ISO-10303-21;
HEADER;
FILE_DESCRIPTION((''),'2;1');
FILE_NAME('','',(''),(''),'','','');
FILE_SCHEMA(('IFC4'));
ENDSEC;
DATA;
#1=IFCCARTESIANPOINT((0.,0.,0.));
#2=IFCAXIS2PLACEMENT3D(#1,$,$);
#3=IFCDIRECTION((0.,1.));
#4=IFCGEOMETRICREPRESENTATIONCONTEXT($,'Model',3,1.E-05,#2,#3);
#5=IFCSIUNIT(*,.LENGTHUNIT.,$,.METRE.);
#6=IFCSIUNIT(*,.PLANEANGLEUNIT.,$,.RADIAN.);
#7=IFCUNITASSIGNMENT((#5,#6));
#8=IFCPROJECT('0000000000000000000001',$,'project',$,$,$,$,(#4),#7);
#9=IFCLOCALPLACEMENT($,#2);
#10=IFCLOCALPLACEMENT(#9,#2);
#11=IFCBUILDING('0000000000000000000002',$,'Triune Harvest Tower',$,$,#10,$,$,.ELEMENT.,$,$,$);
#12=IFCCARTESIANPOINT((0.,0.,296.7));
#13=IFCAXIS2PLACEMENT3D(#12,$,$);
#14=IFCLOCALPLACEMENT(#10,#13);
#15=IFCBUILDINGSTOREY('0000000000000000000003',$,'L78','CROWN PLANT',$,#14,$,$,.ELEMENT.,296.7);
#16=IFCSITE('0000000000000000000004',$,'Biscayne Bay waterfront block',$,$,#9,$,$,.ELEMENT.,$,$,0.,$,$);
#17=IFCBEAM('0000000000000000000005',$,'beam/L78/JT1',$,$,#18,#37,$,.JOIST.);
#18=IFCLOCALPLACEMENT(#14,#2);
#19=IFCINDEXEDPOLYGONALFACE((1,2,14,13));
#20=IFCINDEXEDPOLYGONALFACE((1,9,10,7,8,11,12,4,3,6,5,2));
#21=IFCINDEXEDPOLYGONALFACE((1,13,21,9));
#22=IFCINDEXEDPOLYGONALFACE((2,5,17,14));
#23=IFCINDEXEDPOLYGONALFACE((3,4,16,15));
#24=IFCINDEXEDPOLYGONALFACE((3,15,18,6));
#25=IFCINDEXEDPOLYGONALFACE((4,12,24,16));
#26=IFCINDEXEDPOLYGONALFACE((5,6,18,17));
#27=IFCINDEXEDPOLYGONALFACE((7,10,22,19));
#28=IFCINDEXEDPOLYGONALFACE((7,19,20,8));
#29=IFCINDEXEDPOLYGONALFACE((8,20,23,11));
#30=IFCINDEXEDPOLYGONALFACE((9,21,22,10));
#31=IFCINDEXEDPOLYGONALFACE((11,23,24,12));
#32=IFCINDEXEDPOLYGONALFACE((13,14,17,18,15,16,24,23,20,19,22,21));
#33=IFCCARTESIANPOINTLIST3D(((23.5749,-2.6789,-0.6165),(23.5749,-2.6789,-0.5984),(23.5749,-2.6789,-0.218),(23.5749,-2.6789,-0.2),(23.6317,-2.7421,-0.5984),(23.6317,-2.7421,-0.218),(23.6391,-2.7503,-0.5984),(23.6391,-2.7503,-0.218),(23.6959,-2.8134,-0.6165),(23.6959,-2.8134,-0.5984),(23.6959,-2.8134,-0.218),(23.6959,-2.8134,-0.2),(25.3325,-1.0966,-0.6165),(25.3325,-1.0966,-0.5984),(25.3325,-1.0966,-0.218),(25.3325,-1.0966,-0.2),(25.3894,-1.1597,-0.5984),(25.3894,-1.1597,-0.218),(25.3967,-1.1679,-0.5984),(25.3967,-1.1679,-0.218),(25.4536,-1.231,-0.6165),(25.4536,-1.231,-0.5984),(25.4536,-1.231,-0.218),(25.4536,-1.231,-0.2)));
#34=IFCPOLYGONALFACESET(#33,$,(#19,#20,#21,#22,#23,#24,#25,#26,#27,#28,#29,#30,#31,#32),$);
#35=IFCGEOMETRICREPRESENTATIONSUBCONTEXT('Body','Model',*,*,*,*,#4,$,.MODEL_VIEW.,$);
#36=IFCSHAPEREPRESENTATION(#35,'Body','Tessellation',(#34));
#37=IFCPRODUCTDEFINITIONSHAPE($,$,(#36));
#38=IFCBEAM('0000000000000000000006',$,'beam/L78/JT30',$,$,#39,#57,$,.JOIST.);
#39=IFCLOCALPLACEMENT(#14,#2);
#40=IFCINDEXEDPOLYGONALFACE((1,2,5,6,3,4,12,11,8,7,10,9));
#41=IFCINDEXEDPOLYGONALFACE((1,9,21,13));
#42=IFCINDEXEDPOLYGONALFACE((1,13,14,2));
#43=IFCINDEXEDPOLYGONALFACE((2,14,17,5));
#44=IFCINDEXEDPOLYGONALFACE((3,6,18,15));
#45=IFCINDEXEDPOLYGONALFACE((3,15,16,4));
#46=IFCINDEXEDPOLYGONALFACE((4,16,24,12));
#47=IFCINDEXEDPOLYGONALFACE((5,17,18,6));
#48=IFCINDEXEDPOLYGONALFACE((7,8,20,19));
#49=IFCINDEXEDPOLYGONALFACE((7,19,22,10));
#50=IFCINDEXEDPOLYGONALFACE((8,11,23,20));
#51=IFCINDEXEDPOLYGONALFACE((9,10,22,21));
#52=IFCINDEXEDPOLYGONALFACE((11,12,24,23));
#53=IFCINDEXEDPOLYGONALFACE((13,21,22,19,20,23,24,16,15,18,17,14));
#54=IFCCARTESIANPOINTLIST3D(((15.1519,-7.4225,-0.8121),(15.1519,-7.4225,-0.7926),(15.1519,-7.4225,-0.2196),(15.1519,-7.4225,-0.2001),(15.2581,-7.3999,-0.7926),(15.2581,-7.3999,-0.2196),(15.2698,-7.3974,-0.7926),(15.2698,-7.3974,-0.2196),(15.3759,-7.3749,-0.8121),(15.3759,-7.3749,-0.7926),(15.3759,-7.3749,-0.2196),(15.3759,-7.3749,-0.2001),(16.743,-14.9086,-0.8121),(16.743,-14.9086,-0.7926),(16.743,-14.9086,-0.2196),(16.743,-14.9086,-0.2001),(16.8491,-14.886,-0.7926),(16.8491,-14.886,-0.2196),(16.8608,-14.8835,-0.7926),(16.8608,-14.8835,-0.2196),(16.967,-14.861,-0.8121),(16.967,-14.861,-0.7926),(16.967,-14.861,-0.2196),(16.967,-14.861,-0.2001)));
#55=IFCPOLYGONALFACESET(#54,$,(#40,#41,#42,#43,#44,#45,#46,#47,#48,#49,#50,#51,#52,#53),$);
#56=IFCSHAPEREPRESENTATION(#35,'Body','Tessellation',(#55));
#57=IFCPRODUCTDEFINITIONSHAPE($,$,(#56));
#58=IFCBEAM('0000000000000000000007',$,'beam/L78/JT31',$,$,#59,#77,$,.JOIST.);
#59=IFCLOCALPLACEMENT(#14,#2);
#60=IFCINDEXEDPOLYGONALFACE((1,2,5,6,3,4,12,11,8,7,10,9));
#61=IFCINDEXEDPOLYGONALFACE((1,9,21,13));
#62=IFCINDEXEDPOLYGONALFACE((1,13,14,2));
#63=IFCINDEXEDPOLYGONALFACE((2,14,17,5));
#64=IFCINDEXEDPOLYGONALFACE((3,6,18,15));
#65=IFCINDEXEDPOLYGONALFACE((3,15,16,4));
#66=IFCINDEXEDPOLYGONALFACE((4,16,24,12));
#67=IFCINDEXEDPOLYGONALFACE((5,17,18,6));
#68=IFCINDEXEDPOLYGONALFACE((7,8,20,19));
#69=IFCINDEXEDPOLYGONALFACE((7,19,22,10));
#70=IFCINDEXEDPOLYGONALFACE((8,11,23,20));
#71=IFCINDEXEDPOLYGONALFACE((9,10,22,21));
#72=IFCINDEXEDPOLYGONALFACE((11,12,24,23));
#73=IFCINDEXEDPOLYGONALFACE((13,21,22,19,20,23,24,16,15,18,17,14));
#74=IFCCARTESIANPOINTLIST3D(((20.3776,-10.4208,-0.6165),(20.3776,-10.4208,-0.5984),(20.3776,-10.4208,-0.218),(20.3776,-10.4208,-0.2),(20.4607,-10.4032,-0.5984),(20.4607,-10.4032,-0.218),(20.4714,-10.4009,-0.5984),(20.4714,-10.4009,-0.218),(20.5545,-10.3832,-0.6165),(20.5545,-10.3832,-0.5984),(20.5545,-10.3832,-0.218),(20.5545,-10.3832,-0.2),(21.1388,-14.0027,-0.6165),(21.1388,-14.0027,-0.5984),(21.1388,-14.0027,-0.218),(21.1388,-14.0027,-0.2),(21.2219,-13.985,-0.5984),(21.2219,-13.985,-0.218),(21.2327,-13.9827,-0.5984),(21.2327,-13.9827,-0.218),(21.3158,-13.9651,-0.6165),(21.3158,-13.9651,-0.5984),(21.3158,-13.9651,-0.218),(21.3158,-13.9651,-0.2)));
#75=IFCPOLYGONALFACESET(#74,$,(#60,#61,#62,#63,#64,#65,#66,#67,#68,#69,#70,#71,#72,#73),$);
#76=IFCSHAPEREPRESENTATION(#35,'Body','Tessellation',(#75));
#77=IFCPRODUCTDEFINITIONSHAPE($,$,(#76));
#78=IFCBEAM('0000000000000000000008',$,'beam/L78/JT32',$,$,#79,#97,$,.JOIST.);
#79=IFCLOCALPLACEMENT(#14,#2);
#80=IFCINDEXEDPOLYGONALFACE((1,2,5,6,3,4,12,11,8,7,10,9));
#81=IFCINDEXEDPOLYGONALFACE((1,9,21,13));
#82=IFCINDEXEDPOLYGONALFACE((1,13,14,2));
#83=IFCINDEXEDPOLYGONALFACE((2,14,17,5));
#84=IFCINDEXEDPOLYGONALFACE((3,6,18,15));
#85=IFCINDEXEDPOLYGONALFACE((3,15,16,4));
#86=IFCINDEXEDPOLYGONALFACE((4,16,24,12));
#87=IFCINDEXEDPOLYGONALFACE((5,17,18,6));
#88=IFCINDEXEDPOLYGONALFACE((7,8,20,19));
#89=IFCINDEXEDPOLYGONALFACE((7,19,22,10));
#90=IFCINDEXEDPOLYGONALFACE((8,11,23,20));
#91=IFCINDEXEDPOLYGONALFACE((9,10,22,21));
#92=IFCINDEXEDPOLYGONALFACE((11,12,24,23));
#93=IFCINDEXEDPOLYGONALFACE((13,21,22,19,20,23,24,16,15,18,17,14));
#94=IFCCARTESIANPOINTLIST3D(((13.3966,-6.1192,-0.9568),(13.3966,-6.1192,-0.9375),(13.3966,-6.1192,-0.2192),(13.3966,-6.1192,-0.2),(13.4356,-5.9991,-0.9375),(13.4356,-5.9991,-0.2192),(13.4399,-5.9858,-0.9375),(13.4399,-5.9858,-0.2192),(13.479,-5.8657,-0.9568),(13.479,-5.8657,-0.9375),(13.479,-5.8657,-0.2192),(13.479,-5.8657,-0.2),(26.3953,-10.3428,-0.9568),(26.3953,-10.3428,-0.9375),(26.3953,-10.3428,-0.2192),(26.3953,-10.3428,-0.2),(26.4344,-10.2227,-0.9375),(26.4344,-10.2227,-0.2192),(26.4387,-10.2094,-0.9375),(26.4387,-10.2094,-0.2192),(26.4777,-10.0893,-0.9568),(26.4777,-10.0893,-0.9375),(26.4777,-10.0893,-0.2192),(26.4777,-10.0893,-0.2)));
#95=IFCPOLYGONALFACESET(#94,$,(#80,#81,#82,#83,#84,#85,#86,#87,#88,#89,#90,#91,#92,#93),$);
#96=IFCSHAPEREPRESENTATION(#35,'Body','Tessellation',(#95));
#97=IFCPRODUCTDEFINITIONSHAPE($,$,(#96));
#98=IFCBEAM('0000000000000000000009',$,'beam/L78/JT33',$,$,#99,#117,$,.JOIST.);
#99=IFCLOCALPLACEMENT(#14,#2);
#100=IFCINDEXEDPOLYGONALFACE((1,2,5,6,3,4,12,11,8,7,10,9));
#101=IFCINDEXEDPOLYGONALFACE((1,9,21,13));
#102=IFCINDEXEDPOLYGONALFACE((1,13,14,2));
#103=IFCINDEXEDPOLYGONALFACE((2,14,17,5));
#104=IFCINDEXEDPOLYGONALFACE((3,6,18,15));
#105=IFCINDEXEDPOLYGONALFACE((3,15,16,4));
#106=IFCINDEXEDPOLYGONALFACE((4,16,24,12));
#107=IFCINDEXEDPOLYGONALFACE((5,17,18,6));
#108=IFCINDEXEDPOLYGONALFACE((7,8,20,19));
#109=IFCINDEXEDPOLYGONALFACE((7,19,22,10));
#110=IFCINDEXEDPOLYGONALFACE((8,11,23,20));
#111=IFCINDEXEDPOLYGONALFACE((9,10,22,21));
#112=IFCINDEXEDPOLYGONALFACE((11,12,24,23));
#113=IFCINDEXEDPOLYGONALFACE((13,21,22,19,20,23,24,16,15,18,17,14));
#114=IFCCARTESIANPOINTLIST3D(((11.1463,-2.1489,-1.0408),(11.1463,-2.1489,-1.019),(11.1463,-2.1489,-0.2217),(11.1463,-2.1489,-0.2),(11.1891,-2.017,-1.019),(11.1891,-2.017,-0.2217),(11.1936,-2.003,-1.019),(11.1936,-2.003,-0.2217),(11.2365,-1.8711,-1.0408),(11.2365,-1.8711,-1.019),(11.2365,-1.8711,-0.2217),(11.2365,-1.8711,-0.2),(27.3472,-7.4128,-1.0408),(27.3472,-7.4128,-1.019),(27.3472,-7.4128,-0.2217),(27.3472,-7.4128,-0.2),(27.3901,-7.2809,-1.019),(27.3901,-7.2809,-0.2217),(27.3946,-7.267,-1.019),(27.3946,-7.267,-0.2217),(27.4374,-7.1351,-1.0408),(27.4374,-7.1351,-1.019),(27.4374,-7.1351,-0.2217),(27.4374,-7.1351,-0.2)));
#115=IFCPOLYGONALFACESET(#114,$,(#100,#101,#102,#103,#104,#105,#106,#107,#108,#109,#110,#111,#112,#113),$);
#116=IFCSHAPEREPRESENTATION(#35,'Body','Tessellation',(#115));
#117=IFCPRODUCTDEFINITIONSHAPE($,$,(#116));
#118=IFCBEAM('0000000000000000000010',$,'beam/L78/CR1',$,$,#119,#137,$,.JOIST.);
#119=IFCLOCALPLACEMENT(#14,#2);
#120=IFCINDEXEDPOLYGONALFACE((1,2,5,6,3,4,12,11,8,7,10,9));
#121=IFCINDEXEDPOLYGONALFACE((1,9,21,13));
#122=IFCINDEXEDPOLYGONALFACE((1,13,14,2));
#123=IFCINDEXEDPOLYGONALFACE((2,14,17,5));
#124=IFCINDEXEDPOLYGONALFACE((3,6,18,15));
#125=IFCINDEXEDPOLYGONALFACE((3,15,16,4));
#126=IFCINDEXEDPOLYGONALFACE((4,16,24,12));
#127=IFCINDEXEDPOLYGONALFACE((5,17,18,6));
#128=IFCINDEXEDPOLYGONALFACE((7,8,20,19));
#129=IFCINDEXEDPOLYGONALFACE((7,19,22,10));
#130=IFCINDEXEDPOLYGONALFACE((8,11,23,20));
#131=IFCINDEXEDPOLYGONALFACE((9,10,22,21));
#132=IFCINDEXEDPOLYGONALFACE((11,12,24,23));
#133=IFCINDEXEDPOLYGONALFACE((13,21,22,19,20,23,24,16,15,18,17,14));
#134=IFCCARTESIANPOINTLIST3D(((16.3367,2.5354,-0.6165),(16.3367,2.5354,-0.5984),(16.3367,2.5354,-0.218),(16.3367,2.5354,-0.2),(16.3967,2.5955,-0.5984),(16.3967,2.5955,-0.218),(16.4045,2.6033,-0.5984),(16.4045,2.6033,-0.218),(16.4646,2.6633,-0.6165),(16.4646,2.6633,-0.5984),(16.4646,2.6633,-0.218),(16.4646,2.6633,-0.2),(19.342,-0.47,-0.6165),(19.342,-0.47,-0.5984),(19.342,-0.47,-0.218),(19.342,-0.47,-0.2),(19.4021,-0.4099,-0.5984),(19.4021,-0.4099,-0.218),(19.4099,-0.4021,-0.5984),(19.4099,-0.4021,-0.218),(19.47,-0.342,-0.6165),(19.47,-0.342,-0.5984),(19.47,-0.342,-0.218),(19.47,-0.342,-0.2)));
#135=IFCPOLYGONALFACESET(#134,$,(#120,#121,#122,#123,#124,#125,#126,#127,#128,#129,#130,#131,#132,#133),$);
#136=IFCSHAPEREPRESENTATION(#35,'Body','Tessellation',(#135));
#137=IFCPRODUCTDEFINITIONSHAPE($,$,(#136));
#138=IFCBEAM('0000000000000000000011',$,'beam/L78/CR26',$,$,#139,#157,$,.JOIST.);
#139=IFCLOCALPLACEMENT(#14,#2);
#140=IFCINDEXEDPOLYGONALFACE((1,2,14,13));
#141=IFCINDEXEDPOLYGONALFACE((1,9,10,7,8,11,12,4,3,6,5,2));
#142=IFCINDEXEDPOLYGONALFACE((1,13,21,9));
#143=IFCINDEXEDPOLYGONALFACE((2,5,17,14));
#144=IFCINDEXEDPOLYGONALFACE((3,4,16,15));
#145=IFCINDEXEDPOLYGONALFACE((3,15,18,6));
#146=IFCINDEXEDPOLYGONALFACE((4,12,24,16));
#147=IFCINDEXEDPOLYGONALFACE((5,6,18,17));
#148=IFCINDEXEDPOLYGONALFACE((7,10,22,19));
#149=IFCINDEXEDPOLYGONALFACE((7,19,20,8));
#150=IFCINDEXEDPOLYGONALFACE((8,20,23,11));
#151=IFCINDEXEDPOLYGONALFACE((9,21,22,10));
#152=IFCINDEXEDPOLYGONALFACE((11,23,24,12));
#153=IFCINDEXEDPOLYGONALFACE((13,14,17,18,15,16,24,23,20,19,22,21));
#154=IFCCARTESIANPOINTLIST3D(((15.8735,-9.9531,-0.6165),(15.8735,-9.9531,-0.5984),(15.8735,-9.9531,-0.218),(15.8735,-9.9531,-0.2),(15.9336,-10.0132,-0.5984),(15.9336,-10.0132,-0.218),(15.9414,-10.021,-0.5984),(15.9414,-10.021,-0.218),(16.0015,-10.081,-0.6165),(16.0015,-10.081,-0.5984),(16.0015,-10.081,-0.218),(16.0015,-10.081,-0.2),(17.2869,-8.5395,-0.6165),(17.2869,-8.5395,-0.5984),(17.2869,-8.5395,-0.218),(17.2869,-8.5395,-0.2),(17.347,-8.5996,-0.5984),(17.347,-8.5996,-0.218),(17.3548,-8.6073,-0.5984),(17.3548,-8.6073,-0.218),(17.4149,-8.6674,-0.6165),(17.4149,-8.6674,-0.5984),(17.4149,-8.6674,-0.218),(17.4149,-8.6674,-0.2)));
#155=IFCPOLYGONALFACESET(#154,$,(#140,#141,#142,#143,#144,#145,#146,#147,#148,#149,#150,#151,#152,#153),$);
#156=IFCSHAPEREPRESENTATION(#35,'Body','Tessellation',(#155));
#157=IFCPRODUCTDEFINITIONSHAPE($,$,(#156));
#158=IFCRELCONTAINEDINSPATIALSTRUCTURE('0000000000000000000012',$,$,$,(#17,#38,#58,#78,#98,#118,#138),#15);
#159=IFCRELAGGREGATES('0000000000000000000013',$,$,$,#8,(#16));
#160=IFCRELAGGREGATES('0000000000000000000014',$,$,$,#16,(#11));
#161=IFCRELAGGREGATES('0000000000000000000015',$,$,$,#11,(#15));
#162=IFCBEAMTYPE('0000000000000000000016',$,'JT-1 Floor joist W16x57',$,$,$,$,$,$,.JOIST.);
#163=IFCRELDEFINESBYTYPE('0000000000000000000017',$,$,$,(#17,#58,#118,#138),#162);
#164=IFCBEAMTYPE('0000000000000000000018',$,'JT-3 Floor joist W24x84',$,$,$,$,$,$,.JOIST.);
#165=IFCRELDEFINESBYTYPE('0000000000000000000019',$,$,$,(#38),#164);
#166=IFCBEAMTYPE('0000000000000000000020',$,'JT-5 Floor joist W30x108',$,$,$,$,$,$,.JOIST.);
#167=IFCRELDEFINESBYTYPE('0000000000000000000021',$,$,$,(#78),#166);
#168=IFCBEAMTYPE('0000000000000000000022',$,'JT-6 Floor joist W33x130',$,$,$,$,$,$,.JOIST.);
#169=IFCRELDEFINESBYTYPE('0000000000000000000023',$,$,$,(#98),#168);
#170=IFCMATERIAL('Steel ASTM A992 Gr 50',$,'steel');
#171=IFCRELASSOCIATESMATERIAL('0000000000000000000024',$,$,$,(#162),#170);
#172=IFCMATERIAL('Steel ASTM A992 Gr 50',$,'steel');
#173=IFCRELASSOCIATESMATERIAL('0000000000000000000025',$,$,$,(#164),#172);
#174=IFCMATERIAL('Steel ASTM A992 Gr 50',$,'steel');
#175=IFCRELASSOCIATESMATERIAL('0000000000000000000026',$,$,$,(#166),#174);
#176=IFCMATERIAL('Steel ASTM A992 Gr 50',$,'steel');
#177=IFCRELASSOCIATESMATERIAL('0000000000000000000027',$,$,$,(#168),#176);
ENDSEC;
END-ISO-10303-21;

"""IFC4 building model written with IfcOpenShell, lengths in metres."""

from ifc_helpers import new_model, si_unit, direction, frame, origin, origin_2d, place, context, subcontext, project, spatial, i_section, extrude, source, transform, mapped, material, material_profile, profile_set, type_object, element, save


model = new_model("IFC4")

# Units and contexts
model_context = context("Model", 3, precision=1e-05, world=origin(), true_north=direction((0.0, 1.0)))
body_context = subcontext(model_context, "Body", "Model", "MODEL_VIEW")
ifc_project = project(units=[si_unit("LENGTHUNIT", "METRE"), si_unit("PLANEANGLEUNIT", "RADIAN")], contexts=[model_context])

# Site, building, storey
site_placement = place(None, origin())
site = spatial("IfcSite", under=ifc_project, at=site_placement, Name="Biscayne Bay waterfront block", CompositionType="ELEMENT", RefElevation=0.0)
building_placement = place(site_placement, origin())
building = spatial("IfcBuilding", under=site, at=building_placement, Name="Triune Harvest Tower", CompositionType="ELEMENT")
storey_placement = place(building_placement, frame((0.0, 0.0, 296.7)))
storey = spatial("IfcBuildingStorey", under=building, at=storey_placement, Name="L78", Description="CROWN PLANT", CompositionType="ELEMENT", Elevation=296.7)

# Beams
ifc_material_1 = material(Name="Steel ASTM A992 Gr 50", Category="steel")
ifc_material_profile_1 = material_profile(ifc_material_1, i_section(OverallWidth=0.1809, OverallDepth=0.4165, WebThickness=0.011, FlangeThickness=0.0181, at=origin_2d()), Name="W16x57")
ifc_profile_set_1 = profile_set([ifc_material_profile_1], Name="Steel ASTM A992 Gr 50")
beam_type_1 = type_object("IfcBeamType", Name="JT-1 Floor joist W16x57", PredefinedType="JOIST", material=ifc_profile_set_1)
shared_shape_1 = source(origin(), body_context, "Body", "SweptSolid", [
    extrude(i_section(OverallWidth=0.1809, OverallDepth=0.4165, WebThickness=0.011, FlangeThickness=0.0181, at=origin_2d()), origin(), (0.0, 0.0, 1.0), 2.365),
])
beam_1_placement = place(storey_placement, frame((25.3931, -1.1638, -0.4082), z_axis=(-0.743197, -0.669073, 0.0), x_axis=(0.669073, -0.743197, 0.0)))
element("IfcBeam", 1, at=beam_1_placement, inside=storey, type_object=beam_type_1, Name="beam/L78/JT1", PredefinedType="JOIST", context=body_context, shape_type="MappedRepresentation", body=[
    mapped(shared_shape_1, transform((0.0, 0.0, 0.0), scale=1.0)),
])
ifc_material_2 = material(Name="Steel ASTM A992 Gr 50", Category="steel")
ifc_material_profile_2 = material_profile(ifc_material_2, i_section(OverallWidth=0.229, OverallDepth=0.6121, WebThickness=0.012, FlangeThickness=0.0195, at=origin_2d()), Name="W24x84")
ifc_profile_set_2 = profile_set([ifc_material_profile_2], Name="Steel ASTM A992 Gr 50")
beam_type_2 = type_object("IfcBeamType", Name="JT-3 Floor joist W24x84", PredefinedType="JOIST", material=ifc_profile_set_2)
shared_shape_2 = source(origin(), body_context, "Body", "SweptSolid", [
    extrude(i_section(OverallWidth=0.229, OverallDepth=0.6121, WebThickness=0.012, FlangeThickness=0.0195, at=origin_2d()), origin(), (0.0, 0.0, 1.0), 7.6533),
])
beam_2_placement = place(storey_placement, frame((16.855, -14.8848, -0.5061), z_axis=(-0.207893, 0.978152, 0.0), x_axis=(-0.978152, -0.207893, 0.0)))
element("IfcBeam", 2, at=beam_2_placement, inside=storey, type_object=beam_type_2, Name="beam/L78/JT30", PredefinedType="JOIST", context=body_context, shape_type="MappedRepresentation", body=[
    mapped(shared_shape_2, transform((0.0, 0.0, 0.0), scale=1.0)),
])
shared_shape_3 = source(origin(), body_context, "Body", "SweptSolid", [
    extrude(i_section(OverallWidth=0.1809, OverallDepth=0.4165, WebThickness=0.011, FlangeThickness=0.0181, at=origin_2d()), origin(), (0.0, 0.0, 1.0), 3.6619),
])
beam_3_placement = place(storey_placement, frame((21.2273, -13.9839, -0.4082), z_axis=(-0.207885, 0.978153, 0.0), x_axis=(-0.978153, -0.207885, 0.0)))
element("IfcBeam", 3, at=beam_3_placement, inside=storey, type_object=beam_type_1, Name="beam/L78/JT31", PredefinedType="JOIST", context=body_context, shape_type="MappedRepresentation", body=[
    mapped(shared_shape_3, transform((0.0, 0.0, 0.0), scale=1.0)),
])
ifc_material_3 = material(Name="Steel ASTM A992 Gr 50", Category="steel")
ifc_material_profile_3 = material_profile(ifc_material_3, i_section(OverallWidth=0.2666, OverallDepth=0.7568, WebThickness=0.0139, FlangeThickness=0.0193, at=origin_2d()), Name="W30x108")
ifc_profile_set_3 = profile_set([ifc_material_profile_3], Name="Steel ASTM A992 Gr 50")
beam_type_3 = type_object("IfcBeamType", Name="JT-5 Floor joist W30x108", PredefinedType="JOIST", material=ifc_profile_set_3)
shared_shape_4 = source(origin(), body_context, "Body", "SweptSolid", [
    extrude(i_section(OverallWidth=0.2666, OverallDepth=0.7568, WebThickness=0.0139, FlangeThickness=0.0193, at=origin_2d()), origin(), (0.0, 0.0, 1.0), 13.6677),
])
beam_4_placement = place(storey_placement, frame((26.4365, -10.2161, -0.5784), z_axis=(-0.951055, 0.309022, 0.0), x_axis=(-0.309022, -0.951055, 0.0)))
element("IfcBeam", 4, at=beam_4_placement, inside=storey, type_object=beam_type_3, Name="beam/L78/JT32", PredefinedType="JOIST", context=body_context, shape_type="MappedRepresentation", body=[
    mapped(shared_shape_4, transform((0.0, 0.0, 0.0), scale=1.0)),
])
ifc_material_4 = material(Name="Steel ASTM A992 Gr 50", Category="steel")
ifc_material_profile_4 = material_profile(ifc_material_4, i_section(OverallWidth=0.292, OverallDepth=0.8408, WebThickness=0.0146, FlangeThickness=0.0217, at=origin_2d()), Name="W33x130")
ifc_profile_set_4 = profile_set([ifc_material_profile_4], Name="Steel ASTM A992 Gr 50")
beam_type_4 = type_object("IfcBeamType", Name="JT-6 Floor joist W33x130", PredefinedType="JOIST", material=ifc_profile_set_4)
shared_shape_5 = source(origin(), body_context, "Body", "SweptSolid", [
    extrude(i_section(OverallWidth=0.292, OverallDepth=0.8408, WebThickness=0.0146, FlangeThickness=0.0217, at=origin_2d()), origin(), (0.0, 0.0, 1.0), 17.0347),
])
beam_5_placement = place(storey_placement, frame((27.3923, -7.2739, -0.6204), z_axis=(-0.951058, 0.309013, 0.0), x_axis=(-0.309013, -0.951058, 0.0)))
element("IfcBeam", 5, at=beam_5_placement, inside=storey, type_object=beam_type_4, Name="beam/L78/JT33", PredefinedType="JOIST", context=body_context, shape_type="MappedRepresentation", body=[
    mapped(shared_shape_5, transform((0.0, 0.0, 0.0), scale=1.0)),
])
shared_shape_6 = source(origin(), body_context, "Body", "SweptSolid", [
    extrude(i_section(OverallWidth=0.1809, OverallDepth=0.4165, WebThickness=0.011, FlangeThickness=0.0181, at=origin_2d()), origin(), (0.0, 0.0, 1.0), 4.2502),
])
beam_6_placement = place(storey_placement, frame((19.406, -0.406, -0.4082), z_axis=(-0.707107, 0.707107, 0.0), x_axis=(-0.707107, -0.707107, 0.0)))
element("IfcBeam", 6, at=beam_6_placement, inside=storey, type_object=beam_type_1, Name="beam/L78/CR1", PredefinedType="JOIST", context=body_context, shape_type="MappedRepresentation", body=[
    mapped(shared_shape_6, transform((0.0, 0.0, 0.0), scale=1.0)),
])
shared_shape_7 = source(origin(), body_context, "Body", "SweptSolid", [
    extrude(i_section(OverallWidth=0.1809, OverallDepth=0.4165, WebThickness=0.011, FlangeThickness=0.0181, at=origin_2d()), origin(), (0.0, 0.0, 1.0), 1.999),
])
beam_7_placement = place(storey_placement, frame((15.9375, -10.0171, -0.4082), z_axis=(0.707046, 0.707168, 0.0), x_axis=(-0.707168, 0.707046, 0.0)))
element("IfcBeam", 7, at=beam_7_placement, inside=storey, type_object=beam_type_1, Name="beam/L78/CR26", PredefinedType="JOIST", context=body_context, shape_type="MappedRepresentation", body=[
    mapped(shared_shape_7, transform((0.0, 0.0, 0.0), scale=1.0)),
])

save(model, "model.ifc")
